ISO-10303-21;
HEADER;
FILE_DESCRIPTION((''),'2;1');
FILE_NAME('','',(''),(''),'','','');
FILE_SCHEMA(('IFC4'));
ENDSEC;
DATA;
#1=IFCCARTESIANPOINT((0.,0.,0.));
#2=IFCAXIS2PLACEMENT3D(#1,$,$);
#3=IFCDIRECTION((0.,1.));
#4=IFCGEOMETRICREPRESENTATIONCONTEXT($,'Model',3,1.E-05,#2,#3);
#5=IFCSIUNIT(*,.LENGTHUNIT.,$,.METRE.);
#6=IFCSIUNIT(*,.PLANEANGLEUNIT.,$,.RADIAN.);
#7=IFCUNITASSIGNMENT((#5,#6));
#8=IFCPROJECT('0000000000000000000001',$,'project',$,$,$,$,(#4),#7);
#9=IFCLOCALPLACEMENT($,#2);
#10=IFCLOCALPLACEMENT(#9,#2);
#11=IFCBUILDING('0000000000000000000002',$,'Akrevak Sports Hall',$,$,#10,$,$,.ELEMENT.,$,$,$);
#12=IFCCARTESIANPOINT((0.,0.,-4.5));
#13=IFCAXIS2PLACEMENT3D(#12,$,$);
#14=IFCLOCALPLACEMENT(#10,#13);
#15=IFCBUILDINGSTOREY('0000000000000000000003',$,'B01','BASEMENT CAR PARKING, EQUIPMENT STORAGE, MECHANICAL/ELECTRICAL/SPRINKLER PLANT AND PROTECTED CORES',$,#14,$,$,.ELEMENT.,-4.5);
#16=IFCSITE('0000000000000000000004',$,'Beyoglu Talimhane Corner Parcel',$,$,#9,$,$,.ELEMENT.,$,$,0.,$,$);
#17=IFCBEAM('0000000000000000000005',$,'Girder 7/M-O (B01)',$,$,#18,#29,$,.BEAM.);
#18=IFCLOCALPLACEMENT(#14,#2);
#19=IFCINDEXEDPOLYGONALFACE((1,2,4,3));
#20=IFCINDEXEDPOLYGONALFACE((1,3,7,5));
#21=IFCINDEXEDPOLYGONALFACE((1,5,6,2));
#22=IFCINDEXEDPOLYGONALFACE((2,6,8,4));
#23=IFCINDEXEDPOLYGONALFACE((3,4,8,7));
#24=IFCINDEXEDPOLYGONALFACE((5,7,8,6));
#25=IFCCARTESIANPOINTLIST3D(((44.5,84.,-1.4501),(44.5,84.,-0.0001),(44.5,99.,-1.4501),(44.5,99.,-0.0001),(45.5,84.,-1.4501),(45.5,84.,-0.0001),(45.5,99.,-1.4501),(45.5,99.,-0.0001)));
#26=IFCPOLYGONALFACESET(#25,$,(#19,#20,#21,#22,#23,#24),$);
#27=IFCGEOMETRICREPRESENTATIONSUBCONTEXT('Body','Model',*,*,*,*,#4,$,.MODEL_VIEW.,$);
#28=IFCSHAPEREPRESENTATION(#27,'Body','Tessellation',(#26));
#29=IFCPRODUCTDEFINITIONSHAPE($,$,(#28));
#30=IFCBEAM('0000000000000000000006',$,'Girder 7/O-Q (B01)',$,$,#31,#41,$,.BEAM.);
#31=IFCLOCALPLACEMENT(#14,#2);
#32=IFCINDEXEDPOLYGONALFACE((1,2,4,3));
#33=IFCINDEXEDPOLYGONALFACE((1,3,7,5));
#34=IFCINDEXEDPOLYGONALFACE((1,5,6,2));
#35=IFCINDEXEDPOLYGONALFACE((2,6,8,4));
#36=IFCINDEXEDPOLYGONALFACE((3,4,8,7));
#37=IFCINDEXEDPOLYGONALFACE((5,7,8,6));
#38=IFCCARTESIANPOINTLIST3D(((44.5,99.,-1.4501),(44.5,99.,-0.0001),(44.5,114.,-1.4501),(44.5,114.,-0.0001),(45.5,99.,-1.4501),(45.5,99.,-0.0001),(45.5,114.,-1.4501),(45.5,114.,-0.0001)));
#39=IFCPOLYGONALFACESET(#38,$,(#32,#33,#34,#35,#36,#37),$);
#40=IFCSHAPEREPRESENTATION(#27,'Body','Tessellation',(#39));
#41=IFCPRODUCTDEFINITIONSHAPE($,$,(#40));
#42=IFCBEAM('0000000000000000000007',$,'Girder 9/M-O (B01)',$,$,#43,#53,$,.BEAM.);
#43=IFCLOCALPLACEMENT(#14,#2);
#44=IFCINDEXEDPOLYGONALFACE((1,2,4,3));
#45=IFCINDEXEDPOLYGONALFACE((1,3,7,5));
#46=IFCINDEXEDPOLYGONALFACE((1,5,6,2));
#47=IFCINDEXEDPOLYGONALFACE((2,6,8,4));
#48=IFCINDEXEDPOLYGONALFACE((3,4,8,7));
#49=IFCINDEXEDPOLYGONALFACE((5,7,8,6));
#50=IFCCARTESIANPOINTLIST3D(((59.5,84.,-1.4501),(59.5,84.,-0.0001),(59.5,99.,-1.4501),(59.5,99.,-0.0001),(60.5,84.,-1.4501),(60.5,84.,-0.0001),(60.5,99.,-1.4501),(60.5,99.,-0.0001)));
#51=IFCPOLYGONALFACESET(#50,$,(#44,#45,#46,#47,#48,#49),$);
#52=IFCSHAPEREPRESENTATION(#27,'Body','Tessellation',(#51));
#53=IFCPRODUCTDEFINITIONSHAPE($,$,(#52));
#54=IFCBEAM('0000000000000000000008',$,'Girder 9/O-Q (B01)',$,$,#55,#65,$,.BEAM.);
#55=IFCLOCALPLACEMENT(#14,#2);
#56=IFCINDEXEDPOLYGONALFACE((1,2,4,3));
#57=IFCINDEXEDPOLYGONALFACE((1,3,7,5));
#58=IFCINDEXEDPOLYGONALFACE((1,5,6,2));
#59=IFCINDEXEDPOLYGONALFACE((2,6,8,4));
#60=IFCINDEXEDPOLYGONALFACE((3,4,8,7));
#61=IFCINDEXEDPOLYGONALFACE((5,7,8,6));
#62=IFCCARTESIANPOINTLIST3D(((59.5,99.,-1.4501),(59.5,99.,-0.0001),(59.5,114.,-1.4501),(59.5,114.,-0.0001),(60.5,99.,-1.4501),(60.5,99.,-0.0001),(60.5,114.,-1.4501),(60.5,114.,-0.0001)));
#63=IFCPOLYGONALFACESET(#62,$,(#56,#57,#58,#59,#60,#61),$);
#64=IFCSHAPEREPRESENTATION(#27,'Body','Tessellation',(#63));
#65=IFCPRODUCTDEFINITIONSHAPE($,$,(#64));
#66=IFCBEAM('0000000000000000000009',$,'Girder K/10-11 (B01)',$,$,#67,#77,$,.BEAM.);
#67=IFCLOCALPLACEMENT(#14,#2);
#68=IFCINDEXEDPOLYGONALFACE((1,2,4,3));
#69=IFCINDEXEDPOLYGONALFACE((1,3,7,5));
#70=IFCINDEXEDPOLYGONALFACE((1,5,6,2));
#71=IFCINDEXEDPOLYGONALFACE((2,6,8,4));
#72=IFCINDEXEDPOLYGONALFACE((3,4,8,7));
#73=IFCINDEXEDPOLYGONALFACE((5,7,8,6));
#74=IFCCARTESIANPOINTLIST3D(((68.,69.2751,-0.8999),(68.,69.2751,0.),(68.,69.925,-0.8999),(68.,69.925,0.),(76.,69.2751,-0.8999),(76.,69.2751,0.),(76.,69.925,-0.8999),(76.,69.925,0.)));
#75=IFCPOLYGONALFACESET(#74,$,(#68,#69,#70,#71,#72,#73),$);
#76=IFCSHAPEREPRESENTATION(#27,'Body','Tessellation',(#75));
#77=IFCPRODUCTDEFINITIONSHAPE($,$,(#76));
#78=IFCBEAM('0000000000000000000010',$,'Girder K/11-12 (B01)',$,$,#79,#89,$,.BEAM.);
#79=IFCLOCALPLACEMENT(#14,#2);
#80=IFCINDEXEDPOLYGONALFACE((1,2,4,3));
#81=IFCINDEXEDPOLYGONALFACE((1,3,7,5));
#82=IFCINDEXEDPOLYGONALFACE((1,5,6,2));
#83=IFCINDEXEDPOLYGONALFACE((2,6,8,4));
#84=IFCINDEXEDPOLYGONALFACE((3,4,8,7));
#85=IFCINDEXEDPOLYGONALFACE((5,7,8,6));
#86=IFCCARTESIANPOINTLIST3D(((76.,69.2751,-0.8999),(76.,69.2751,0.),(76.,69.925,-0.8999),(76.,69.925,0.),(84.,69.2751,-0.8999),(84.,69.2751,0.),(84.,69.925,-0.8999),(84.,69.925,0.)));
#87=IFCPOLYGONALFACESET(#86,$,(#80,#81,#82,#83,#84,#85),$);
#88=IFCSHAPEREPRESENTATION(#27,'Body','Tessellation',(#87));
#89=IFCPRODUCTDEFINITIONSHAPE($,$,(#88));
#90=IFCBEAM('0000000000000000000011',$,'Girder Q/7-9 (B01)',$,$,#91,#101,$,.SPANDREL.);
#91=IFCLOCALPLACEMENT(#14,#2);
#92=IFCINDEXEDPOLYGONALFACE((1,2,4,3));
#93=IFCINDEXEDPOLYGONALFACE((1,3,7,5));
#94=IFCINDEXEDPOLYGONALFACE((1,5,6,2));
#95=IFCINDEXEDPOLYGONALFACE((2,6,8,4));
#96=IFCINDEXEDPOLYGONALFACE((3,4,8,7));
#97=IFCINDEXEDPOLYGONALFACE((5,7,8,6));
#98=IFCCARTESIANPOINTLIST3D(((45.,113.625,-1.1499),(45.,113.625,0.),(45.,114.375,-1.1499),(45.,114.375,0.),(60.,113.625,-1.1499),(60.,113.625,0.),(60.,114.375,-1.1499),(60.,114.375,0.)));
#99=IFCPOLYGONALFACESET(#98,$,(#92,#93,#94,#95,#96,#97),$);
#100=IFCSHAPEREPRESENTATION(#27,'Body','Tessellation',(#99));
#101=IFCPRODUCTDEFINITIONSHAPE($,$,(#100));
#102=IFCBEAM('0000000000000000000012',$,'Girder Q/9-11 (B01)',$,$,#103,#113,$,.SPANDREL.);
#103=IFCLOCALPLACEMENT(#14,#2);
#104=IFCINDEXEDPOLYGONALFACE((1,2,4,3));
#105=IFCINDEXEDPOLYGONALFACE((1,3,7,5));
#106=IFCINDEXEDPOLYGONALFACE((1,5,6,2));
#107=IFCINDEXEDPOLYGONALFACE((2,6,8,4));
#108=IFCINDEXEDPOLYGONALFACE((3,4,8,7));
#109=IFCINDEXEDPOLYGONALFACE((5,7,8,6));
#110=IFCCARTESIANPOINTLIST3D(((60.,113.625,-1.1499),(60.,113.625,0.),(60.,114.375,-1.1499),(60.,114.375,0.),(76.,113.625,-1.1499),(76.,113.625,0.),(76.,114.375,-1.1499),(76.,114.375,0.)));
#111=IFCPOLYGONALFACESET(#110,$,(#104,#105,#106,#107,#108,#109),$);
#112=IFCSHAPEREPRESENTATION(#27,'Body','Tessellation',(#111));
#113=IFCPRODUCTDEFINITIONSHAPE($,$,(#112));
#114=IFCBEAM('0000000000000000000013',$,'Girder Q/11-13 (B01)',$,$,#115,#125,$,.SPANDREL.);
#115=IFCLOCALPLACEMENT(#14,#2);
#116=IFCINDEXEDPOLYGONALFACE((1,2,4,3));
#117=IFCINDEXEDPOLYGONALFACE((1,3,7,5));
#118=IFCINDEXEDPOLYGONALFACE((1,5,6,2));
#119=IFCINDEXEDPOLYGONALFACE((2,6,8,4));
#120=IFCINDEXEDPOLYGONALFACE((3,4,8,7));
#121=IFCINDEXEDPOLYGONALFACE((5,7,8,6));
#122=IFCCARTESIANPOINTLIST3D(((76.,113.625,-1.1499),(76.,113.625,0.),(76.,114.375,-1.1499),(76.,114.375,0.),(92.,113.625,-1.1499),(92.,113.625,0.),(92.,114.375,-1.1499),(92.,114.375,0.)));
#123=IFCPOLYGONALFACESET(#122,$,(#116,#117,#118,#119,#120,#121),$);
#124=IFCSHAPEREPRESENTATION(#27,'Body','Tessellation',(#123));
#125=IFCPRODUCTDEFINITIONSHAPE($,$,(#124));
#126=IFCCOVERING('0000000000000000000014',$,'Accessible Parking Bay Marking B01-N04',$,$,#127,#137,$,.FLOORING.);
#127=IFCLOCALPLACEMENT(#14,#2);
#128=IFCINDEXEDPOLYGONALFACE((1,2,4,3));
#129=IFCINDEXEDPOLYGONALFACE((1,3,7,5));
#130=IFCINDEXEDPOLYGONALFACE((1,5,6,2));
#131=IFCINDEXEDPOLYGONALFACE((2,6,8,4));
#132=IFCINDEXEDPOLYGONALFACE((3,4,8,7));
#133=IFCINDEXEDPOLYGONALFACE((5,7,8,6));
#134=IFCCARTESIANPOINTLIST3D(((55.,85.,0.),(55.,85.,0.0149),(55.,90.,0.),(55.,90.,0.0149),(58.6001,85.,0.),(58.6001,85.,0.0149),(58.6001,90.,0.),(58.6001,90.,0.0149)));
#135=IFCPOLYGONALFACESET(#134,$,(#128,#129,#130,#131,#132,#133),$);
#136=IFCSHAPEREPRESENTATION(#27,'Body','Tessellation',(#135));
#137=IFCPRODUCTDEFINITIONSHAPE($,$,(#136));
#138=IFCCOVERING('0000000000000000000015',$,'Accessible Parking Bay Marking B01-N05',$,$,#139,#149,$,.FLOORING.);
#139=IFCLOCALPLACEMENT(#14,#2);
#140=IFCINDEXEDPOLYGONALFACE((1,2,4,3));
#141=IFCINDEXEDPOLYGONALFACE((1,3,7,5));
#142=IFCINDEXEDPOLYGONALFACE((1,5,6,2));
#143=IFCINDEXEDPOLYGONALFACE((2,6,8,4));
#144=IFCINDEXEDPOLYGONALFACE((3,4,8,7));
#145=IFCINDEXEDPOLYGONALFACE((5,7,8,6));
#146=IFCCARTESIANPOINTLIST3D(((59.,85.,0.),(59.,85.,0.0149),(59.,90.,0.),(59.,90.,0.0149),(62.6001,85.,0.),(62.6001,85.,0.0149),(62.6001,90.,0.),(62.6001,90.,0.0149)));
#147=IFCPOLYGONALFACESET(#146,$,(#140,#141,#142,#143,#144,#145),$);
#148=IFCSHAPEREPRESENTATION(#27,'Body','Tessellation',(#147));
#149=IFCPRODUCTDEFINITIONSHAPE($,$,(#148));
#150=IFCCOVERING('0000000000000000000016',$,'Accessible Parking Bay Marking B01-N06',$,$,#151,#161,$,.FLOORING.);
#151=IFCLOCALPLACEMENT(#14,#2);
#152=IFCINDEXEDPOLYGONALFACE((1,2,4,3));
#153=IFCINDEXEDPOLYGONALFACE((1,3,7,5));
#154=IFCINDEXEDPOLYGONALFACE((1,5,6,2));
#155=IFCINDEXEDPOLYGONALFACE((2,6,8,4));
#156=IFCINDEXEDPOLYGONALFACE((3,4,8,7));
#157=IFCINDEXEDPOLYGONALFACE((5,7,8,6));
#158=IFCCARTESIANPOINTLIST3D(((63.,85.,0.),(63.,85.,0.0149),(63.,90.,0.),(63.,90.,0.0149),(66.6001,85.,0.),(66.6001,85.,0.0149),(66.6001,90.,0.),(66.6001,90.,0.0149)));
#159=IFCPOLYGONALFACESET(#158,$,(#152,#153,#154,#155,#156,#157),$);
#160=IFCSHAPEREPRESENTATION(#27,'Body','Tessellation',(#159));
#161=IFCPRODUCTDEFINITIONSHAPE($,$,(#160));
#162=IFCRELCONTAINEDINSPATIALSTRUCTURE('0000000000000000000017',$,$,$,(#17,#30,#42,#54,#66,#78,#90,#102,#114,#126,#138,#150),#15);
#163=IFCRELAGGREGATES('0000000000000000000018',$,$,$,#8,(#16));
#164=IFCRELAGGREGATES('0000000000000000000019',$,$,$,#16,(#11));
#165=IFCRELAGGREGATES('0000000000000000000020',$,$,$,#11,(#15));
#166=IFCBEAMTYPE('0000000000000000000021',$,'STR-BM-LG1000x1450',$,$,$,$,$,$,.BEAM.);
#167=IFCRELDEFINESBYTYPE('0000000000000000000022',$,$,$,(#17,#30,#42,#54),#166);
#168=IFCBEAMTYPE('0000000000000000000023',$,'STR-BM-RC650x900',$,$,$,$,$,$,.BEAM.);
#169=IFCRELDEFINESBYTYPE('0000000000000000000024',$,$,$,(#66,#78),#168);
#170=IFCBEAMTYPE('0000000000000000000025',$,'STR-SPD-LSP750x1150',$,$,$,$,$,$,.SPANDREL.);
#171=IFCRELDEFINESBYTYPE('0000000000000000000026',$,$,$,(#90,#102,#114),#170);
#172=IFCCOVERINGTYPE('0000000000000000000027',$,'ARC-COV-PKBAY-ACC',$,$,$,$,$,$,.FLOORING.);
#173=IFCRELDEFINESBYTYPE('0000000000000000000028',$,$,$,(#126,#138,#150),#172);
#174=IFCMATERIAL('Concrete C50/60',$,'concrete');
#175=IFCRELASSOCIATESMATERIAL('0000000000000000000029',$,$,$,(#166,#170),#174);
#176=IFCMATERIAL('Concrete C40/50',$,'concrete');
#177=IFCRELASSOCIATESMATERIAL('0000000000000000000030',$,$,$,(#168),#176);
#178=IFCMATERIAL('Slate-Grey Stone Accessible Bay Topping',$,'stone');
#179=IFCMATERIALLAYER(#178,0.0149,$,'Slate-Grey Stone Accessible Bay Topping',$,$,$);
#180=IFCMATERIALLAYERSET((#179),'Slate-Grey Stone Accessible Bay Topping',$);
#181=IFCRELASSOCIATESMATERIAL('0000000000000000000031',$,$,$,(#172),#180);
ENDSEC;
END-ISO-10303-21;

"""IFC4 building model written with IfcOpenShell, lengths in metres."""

from ifc_helpers import new_model, si_unit, direction, frame, origin, origin_2d, place, context, subcontext, project, spatial, rectangle, extrude, material, layer, layer_set, material_profile, profile_set, type_object, element, save


model = new_model("IFC4")

# Units and contexts
model_context = context("Model", 3, precision=1e-05, world=origin(), true_north=direction((0.0, 1.0)))
body_context = subcontext(model_context, "Body", "Model", "MODEL_VIEW")
ifc_project = project(units=[si_unit("LENGTHUNIT", "METRE"), si_unit("PLANEANGLEUNIT", "RADIAN")], contexts=[model_context])

# Site, building, storey
site_placement = place(None, origin())
site = spatial("IfcSite", under=ifc_project, at=site_placement, Name="Beyoglu Talimhane Corner Parcel", CompositionType="ELEMENT", RefElevation=0.0)
building_placement = place(site_placement, origin())
building = spatial("IfcBuilding", under=site, at=building_placement, Name="Akrevak Sports Hall", CompositionType="ELEMENT")
storey_placement = place(building_placement, frame((0.0, 0.0, -4.5)))
storey = spatial("IfcBuildingStorey", under=building, at=storey_placement, Name="B01", Description="BASEMENT CAR PARKING, EQUIPMENT STORAGE, MECHANICAL/ELECTRICAL/SPRINKLER PLANT AND PROTECTED CORES", CompositionType="ELEMENT", Elevation=-4.5)

# Shared definitions
ifc_material_1 = material(Name="Concrete C50/60", Category="concrete")
ifc_material_2 = material(Name="Concrete C40/50", Category="concrete")

# Beams
ifc_material_profile_1 = material_profile(ifc_material_1, rectangle(XDim=1.0, YDim=1.45, at=origin_2d()), Name="BM 1000x1450", Category="concrete")
ifc_profile_set_1 = profile_set([ifc_material_profile_1], Name="Concrete C50/60")
beam_type_1 = type_object("IfcBeamType", Name="STR-BM-LG1000x1450", PredefinedType="BEAM", material=ifc_profile_set_1)
for number, where, z_axis, x_axis, name in (
    (1, (45.0, 84.0, -0.7251), (0.0, 1.0, 0.0), (-1.0, 0.0, 0.0), "Girder 7/M-O (B01)"),
    (2, (45.0, 99.0, -0.7251), (0.0, 1.0, 0.0), (-1.0, 0.0, 0.0), "Girder 7/O-Q (B01)"),
    (3, (60.0, 84.0, -0.7251), (0.0, 1.0, 0.0), (-1.0, 0.0, 0.0), "Girder 9/M-O (B01)"),
    (4, (60.0, 99.0, -0.7251), (0.0, 1.0, 0.0), (-1.0, 0.0, 0.0), "Girder 9/O-Q (B01)"),
):
    element("IfcBeam", number, at=place(storey_placement, frame(where, z_axis=z_axis, x_axis=x_axis)), inside=storey, type_object=beam_type_1, Name=name, PredefinedType="BEAM", context=body_context, shape_type="SweptSolid", body=[
        extrude(rectangle(XDim=1.0, YDim=1.45, at=origin_2d()), origin(), (0.0, 0.0, 1.0), 15.0),
    ])
ifc_material_profile_2 = material_profile(ifc_material_2, rectangle(XDim=0.6499, YDim=0.8999, at=origin_2d()), Name="BM 650x900", Category="concrete")
ifc_profile_set_2 = profile_set([ifc_material_profile_2], Name="Concrete C40/50")
beam_type_2 = type_object("IfcBeamType", Name="STR-BM-RC650x900", PredefinedType="BEAM", material=ifc_profile_set_2)
for number, where, z_axis, x_axis, name in (
    (5, (68.0, 69.6001, -0.45), (1.0, 0.0, 0.0), (0.0, 1.0, 0.0), "Girder K/10-11 (B01)"),
    (6, (76.0, 69.6001, -0.45), (1.0, 0.0, 0.0), (0.0, 1.0, 0.0), "Girder K/11-12 (B01)"),
):
    element("IfcBeam", number, at=place(storey_placement, frame(where, z_axis=z_axis, x_axis=x_axis)), inside=storey, type_object=beam_type_2, Name=name, PredefinedType="BEAM", context=body_context, shape_type="SweptSolid", body=[
        extrude(rectangle(XDim=0.6499, YDim=0.8999, at=origin_2d()), origin(), (0.0, 0.0, 1.0), 8.0),
    ])
ifc_material_profile_3 = material_profile(ifc_material_1, rectangle(XDim=0.75, YDim=1.1499, at=origin_2d()), Name="SPD 750x1150", Category="concrete")
ifc_profile_set_3 = profile_set([ifc_material_profile_3], Name="Concrete C50/60")
beam_type_3 = type_object("IfcBeamType", Name="STR-SPD-LSP750x1150", PredefinedType="SPANDREL", material=ifc_profile_set_3)
beam_1_placement = place(storey_placement, frame((45.0, 114.0, -0.575), z_axis=(1.0, 0.0, 0.0), x_axis=(0.0, 1.0, 0.0)))
element("IfcBeam", 7, at=beam_1_placement, inside=storey, type_object=beam_type_3, Name="Girder Q/7-9 (B01)", PredefinedType="SPANDREL", context=body_context, shape_type="SweptSolid", body=[
    extrude(rectangle(XDim=0.75, YDim=1.1499, at=origin_2d()), origin(), (0.0, 0.0, 1.0), 15.0),
])
for number, where, z_axis, x_axis, name in (
    (8, (60.0, 114.0, -0.575), (1.0, 0.0, 0.0), (0.0, 1.0, 0.0), "Girder Q/9-11 (B01)"),
    (9, (76.0, 114.0, -0.575), (1.0, 0.0, 0.0), (0.0, 1.0, 0.0), "Girder Q/11-13 (B01)"),
):
    element("IfcBeam", number, at=place(storey_placement, frame(where, z_axis=z_axis, x_axis=x_axis)), inside=storey, type_object=beam_type_3, Name=name, PredefinedType="SPANDREL", context=body_context, shape_type="SweptSolid", body=[
        extrude(rectangle(XDim=0.75, YDim=1.1499, at=origin_2d()), origin(), (0.0, 0.0, 1.0), 16.0),
    ])

# Coverings
ifc_material_3 = material(Name="Slate-Grey Stone Accessible Bay Topping", Category="stone")
ifc_layer = layer(ifc_material_3, 0.0149, Name="Slate-Grey Stone Accessible Bay Topping")
ifc_layer_set = layer_set([ifc_layer], Name="Slate-Grey Stone Accessible Bay Topping")
covering_type = type_object("IfcCoveringType", Name="ARC-COV-PKBAY-ACC", PredefinedType="FLOORING", material=ifc_layer_set)
for number, where, z_axis, x_axis, name in (
    (10, (56.8, 87.5, 0.0), (0.0, 0.0, 1.0), (1.0, 0.0, 0.0), "Accessible Parking Bay Marking B01-N04"),
    (11, (60.8, 87.5, 0.0), (0.0, 0.0, 1.0), (1.0, 0.0, 0.0), "Accessible Parking Bay Marking B01-N05"),
    (12, (64.8, 87.5, 0.0), (0.0, 0.0, 1.0), (1.0, 0.0, 0.0), "Accessible Parking Bay Marking B01-N06"),
):
    element("IfcCovering", number, at=place(storey_placement, frame(where, z_axis=z_axis, x_axis=x_axis)), inside=storey, type_object=covering_type, Name=name, PredefinedType="FLOORING", context=body_context, shape_type="SweptSolid", body=[
        extrude(rectangle(XDim=3.6001, YDim=5.0, at=origin_2d()), origin(), (0.0, 0.0, 1.0), 0.0149),
    ])

save(model, "model.ifc")
